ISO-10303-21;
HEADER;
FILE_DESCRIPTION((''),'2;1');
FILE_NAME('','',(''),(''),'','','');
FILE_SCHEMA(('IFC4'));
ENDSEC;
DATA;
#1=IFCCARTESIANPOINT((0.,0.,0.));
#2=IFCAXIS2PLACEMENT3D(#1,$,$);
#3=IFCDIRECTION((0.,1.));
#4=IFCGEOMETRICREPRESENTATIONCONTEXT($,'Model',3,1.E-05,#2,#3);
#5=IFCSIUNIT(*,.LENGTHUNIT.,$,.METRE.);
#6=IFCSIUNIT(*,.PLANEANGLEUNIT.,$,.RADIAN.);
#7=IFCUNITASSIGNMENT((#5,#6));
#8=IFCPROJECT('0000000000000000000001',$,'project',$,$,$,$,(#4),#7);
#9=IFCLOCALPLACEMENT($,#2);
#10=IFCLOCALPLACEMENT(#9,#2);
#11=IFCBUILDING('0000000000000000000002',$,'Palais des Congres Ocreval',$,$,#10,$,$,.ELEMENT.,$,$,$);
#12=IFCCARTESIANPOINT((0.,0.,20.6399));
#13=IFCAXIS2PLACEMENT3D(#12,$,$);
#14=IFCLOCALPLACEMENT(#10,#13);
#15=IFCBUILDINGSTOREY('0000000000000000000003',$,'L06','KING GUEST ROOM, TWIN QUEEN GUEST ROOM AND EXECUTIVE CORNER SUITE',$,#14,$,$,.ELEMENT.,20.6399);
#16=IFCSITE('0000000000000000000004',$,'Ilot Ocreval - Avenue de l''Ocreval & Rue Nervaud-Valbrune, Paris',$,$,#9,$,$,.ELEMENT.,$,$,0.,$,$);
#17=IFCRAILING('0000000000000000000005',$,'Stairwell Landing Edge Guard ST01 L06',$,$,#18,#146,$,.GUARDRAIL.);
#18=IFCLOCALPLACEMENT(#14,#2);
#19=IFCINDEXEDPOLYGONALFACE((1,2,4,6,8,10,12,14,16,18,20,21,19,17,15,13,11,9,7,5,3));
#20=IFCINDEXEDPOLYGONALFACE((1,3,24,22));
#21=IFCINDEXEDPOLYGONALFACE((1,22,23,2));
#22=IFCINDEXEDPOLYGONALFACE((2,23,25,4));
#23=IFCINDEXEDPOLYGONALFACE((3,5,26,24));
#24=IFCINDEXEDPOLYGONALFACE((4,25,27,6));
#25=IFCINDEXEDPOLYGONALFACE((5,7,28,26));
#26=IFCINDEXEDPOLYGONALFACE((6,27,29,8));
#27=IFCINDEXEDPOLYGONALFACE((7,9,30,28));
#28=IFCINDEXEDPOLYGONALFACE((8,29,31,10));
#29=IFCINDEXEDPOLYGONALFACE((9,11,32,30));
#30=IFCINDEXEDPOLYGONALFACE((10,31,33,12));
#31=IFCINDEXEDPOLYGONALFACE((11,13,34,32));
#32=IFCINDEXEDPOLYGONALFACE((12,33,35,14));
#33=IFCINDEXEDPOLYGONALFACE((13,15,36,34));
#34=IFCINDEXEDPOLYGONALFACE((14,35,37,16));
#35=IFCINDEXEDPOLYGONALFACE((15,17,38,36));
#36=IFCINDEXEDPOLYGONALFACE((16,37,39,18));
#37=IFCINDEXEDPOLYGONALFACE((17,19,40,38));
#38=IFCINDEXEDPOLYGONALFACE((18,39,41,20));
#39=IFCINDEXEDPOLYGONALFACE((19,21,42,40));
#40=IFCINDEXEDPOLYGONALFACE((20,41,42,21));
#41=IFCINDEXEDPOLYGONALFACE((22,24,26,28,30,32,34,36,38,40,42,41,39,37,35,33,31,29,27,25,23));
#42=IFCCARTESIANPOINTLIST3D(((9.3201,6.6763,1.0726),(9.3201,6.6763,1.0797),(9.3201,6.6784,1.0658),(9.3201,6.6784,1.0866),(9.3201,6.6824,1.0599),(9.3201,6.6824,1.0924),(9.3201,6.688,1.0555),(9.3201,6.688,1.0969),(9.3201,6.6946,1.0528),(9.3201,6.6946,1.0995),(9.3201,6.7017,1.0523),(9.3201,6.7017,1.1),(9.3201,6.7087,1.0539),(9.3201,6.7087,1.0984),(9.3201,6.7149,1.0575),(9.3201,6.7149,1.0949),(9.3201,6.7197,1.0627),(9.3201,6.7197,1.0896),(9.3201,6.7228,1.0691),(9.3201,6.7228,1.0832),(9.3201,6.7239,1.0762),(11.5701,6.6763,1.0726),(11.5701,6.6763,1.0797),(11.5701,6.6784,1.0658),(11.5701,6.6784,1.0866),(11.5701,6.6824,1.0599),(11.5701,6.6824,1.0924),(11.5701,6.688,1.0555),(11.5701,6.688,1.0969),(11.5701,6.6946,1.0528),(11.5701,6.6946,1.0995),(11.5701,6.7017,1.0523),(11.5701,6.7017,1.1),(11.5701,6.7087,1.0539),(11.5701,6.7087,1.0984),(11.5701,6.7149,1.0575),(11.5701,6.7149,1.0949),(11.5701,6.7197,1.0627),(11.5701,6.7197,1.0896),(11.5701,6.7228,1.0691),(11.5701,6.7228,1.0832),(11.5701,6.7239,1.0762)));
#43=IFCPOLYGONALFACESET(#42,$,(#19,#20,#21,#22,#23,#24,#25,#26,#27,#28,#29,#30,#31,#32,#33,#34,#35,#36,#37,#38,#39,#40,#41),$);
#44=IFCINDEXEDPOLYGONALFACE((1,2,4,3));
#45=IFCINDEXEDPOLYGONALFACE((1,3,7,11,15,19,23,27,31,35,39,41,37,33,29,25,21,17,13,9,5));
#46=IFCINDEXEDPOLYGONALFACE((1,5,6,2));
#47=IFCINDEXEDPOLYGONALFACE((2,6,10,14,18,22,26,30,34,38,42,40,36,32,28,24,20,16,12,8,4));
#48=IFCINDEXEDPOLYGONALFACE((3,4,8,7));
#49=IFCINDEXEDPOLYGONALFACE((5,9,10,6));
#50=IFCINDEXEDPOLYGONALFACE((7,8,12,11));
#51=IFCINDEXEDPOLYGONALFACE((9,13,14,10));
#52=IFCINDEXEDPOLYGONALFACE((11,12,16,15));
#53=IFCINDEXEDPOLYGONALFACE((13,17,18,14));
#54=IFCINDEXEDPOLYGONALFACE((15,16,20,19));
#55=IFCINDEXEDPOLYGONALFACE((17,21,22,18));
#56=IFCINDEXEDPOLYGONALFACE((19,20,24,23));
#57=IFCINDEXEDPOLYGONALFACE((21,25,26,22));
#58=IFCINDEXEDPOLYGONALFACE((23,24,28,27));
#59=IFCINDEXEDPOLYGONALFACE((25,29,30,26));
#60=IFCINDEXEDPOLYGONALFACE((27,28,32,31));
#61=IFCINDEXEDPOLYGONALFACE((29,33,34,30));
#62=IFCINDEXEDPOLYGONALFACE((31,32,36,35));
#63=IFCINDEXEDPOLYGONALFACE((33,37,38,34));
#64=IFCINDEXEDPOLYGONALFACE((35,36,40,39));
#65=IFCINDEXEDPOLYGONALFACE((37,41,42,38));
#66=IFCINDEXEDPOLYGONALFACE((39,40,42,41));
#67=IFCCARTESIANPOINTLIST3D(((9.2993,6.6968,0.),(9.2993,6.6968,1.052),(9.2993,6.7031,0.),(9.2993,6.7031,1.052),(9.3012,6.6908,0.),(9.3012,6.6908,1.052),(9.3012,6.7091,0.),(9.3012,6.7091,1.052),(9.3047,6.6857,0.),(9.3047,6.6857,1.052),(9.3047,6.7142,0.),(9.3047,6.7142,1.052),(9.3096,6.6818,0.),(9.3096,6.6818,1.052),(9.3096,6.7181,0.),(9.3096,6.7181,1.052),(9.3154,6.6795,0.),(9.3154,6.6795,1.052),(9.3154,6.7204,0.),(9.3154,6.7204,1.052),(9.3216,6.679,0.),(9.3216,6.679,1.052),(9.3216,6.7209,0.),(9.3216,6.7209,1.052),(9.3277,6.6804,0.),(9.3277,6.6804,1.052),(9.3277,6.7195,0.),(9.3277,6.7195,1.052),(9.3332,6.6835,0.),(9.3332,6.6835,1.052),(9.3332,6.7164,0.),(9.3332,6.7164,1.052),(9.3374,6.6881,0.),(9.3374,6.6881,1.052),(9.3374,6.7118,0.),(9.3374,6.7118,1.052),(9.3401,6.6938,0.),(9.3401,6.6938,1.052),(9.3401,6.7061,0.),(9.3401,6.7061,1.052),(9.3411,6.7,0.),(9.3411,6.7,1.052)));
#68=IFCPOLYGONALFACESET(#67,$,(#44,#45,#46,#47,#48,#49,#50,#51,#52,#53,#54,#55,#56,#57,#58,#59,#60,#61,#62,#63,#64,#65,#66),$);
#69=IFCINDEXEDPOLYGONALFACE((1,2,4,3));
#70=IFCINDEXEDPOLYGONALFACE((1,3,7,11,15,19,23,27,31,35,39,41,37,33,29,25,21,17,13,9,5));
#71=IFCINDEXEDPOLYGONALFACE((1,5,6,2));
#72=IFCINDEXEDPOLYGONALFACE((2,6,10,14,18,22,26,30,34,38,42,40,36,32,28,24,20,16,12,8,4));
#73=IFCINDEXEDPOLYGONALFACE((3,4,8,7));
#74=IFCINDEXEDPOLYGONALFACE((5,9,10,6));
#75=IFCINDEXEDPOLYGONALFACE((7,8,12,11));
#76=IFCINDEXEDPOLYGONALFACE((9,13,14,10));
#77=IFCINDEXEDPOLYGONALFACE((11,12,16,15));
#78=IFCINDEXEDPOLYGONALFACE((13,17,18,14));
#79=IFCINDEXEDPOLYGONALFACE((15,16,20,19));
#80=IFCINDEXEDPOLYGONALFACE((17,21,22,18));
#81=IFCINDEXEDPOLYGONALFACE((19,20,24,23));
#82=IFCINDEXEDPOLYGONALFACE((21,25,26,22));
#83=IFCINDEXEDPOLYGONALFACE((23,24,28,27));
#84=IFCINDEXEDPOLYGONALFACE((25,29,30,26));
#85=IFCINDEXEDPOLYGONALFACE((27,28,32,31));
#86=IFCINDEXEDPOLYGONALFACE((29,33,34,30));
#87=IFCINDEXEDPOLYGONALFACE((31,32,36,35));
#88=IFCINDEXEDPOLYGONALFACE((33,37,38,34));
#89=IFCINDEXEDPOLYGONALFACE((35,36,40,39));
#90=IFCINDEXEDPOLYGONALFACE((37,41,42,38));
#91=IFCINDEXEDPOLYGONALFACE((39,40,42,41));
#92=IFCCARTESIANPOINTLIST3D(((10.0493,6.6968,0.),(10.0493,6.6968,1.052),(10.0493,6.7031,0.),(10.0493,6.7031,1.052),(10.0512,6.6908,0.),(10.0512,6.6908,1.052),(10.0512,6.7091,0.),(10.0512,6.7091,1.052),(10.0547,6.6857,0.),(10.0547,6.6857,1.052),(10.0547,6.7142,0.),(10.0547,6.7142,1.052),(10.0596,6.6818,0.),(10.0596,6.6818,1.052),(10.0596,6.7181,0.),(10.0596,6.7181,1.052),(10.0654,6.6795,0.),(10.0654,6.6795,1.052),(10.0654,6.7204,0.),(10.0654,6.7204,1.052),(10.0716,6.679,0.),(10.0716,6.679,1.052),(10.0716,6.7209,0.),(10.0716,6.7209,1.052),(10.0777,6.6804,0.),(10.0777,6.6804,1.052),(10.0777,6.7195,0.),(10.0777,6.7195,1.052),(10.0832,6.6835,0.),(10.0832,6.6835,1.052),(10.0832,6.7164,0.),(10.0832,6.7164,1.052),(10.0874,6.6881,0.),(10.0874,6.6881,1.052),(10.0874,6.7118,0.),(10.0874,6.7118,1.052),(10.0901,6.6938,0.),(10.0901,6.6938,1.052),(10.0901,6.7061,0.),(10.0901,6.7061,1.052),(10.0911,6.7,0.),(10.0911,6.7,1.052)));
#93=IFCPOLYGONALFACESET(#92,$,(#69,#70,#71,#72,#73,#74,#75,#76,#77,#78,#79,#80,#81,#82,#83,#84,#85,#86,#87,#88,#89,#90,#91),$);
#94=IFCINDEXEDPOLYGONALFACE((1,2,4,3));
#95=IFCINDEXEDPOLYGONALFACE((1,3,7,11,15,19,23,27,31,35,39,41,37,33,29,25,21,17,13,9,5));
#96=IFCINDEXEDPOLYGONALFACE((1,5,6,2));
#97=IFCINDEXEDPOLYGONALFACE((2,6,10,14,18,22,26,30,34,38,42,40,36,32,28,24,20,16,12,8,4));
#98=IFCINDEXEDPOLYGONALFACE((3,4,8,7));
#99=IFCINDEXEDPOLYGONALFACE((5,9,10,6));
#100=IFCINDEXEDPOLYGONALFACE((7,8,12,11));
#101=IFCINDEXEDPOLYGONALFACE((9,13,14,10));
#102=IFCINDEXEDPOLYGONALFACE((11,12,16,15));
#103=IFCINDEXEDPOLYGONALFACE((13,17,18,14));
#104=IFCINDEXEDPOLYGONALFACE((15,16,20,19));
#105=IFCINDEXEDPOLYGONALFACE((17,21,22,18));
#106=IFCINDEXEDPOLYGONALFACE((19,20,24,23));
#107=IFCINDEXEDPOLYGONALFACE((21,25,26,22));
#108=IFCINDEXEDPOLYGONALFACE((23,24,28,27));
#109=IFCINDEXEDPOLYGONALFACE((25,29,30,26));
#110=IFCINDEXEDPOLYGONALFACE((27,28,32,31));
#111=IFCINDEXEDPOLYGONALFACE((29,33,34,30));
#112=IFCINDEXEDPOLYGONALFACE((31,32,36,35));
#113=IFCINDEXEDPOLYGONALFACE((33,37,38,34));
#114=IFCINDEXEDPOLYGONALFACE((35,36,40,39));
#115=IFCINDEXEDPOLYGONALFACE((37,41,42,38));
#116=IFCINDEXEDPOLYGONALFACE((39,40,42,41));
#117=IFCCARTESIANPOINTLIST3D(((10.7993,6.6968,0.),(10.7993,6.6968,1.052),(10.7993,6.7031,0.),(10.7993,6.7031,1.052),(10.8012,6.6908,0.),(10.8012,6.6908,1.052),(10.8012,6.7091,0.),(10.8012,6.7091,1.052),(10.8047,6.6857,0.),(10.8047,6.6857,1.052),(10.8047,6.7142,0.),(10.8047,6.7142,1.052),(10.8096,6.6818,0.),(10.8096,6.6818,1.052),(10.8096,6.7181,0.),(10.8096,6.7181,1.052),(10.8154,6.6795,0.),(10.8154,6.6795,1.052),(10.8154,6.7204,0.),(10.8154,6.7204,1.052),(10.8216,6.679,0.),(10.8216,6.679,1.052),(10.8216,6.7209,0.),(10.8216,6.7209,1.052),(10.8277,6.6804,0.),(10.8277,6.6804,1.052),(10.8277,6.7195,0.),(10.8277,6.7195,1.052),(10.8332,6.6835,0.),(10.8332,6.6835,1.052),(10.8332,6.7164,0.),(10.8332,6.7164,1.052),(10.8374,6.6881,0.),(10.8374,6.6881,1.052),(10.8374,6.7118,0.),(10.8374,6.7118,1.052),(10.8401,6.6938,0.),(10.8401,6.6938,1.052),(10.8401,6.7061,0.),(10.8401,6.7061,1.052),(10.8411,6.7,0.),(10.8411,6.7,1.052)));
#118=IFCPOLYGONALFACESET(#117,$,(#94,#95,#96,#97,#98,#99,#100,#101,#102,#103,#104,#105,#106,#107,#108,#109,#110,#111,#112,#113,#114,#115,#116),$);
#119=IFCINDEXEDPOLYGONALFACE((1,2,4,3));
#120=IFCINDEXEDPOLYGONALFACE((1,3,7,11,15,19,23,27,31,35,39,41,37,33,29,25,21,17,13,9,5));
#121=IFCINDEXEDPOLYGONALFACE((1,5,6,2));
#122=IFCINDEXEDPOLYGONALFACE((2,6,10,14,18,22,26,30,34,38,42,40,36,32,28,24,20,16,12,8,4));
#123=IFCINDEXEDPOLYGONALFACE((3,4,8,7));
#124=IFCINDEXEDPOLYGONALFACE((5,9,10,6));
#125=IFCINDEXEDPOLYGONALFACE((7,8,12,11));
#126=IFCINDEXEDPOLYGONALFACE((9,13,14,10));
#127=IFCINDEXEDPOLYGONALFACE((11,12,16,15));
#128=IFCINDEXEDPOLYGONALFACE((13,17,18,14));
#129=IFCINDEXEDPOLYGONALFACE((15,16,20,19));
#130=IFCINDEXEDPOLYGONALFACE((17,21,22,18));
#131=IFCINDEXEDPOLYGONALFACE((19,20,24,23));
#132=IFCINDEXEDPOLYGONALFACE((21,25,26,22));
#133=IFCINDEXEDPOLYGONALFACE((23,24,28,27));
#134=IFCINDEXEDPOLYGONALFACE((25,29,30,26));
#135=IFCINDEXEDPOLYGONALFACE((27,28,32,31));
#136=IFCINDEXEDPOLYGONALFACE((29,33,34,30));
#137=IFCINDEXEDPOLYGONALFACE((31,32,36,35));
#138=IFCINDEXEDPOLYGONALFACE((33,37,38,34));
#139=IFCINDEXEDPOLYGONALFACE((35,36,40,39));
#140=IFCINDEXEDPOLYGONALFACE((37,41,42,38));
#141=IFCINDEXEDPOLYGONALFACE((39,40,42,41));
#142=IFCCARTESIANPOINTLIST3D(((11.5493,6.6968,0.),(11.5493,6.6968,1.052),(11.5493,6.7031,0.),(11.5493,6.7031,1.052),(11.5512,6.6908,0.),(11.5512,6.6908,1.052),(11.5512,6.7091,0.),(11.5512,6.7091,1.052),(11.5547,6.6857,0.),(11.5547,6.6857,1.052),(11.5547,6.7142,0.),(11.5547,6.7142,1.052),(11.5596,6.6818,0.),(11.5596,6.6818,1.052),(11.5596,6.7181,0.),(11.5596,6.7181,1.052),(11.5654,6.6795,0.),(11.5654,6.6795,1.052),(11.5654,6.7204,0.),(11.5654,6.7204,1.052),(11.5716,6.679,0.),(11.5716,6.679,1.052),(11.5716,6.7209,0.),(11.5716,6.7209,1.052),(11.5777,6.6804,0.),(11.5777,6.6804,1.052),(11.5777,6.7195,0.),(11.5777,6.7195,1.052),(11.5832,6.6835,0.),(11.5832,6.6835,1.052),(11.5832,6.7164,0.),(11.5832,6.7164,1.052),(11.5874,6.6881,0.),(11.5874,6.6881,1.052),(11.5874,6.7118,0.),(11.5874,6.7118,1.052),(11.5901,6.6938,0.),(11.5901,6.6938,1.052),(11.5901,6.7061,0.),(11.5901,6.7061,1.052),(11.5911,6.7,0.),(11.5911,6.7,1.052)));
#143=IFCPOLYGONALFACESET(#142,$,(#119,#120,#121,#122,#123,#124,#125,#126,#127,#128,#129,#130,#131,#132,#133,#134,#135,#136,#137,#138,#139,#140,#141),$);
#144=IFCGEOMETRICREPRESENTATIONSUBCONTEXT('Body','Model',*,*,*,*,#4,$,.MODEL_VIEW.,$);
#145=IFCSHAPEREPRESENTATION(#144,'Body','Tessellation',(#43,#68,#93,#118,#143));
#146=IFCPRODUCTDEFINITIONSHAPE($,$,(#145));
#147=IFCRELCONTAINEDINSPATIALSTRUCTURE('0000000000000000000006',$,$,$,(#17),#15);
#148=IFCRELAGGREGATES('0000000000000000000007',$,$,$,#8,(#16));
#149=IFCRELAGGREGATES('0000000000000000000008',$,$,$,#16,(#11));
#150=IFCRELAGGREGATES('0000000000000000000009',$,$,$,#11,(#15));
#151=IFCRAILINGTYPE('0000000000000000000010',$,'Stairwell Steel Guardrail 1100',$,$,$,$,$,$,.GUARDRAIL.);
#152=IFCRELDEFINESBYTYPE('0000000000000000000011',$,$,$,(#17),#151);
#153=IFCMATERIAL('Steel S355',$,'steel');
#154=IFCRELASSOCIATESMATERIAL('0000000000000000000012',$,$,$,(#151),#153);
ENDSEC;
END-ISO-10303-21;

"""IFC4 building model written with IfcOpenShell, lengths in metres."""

from ifc_helpers import new_model, si_unit, direction, frame, origin, origin_2d, place, context, subcontext, project, spatial, circle, extrude, material, type_object, element, save


model = new_model("IFC4")

# Units and contexts
model_context = context("Model", 3, precision=1e-05, world=origin(), true_north=direction((0.0, 1.0)))
body_context = subcontext(model_context, "Body", "Model", "MODEL_VIEW")
ifc_project = project(units=[si_unit("LENGTHUNIT", "METRE"), si_unit("PLANEANGLEUNIT", "RADIAN")], contexts=[model_context])

# Site, building, storey
site_placement = place(None, origin())
site = spatial("IfcSite", under=ifc_project, at=site_placement, Name="Ilot Ocreval - Avenue de l'Ocreval & Rue Nervaud-Valbrune, Paris", CompositionType="ELEMENT", RefElevation=0.0)
building_placement = place(site_placement, origin())
building = spatial("IfcBuilding", under=site, at=building_placement, Name="Palais des Congres Ocreval", CompositionType="ELEMENT")
storey_placement = place(building_placement, frame((0.0, 0.0, 20.6399)))
storey = spatial("IfcBuildingStorey", under=building, at=storey_placement, Name="L06", Description="KING GUEST ROOM, TWIN QUEEN GUEST ROOM AND EXECUTIVE CORNER SUITE", CompositionType="ELEMENT", Elevation=20.6399)

# Shared definitions
ifc_material_1 = material(Name="Steel S355", Category="steel")

# Railing
railing_type = type_object("IfcRailingType", Name="Stairwell Steel Guardrail 1100", PredefinedType="GUARDRAIL", material=ifc_material_1)
railing_1_placement = place(storey_placement, frame((9.3201, 6.7, 0.0)))
element("IfcRailing", 1, at=railing_1_placement, inside=storey, type_object=railing_type, Name="Stairwell Landing Edge Guard ST01 L06", PredefinedType="GUARDRAIL", context=body_context, shape_type="SweptSolid", body=[
    extrude(circle(Radius=0.0239, at=origin_2d()), frame((0.0, 0.0, 1.0762), z_axis=(1.0, 0.0, 0.0), x_axis=(0.0, 1.0, 0.0)), (0.0, 0.0, 1.0), 2.25),
    extrude(circle(Radius=0.021, at=origin_2d()), origin(), (0.0, 0.0, 1.0), 1.052),
    extrude(circle(Radius=0.021, at=origin_2d()), frame((0.75, 0.0, 0.0)), (0.0, 0.0, 1.0), 1.052),
    extrude(circle(Radius=0.021, at=origin_2d()), frame((1.5, 0.0, 0.0)), (0.0, 0.0, 1.0), 1.052),
    extrude(circle(Radius=0.021, at=origin_2d()), frame((2.25, 0.0, 0.0)), (0.0, 0.0, 1.0), 1.052),
])

save(model, "model.ifc")
